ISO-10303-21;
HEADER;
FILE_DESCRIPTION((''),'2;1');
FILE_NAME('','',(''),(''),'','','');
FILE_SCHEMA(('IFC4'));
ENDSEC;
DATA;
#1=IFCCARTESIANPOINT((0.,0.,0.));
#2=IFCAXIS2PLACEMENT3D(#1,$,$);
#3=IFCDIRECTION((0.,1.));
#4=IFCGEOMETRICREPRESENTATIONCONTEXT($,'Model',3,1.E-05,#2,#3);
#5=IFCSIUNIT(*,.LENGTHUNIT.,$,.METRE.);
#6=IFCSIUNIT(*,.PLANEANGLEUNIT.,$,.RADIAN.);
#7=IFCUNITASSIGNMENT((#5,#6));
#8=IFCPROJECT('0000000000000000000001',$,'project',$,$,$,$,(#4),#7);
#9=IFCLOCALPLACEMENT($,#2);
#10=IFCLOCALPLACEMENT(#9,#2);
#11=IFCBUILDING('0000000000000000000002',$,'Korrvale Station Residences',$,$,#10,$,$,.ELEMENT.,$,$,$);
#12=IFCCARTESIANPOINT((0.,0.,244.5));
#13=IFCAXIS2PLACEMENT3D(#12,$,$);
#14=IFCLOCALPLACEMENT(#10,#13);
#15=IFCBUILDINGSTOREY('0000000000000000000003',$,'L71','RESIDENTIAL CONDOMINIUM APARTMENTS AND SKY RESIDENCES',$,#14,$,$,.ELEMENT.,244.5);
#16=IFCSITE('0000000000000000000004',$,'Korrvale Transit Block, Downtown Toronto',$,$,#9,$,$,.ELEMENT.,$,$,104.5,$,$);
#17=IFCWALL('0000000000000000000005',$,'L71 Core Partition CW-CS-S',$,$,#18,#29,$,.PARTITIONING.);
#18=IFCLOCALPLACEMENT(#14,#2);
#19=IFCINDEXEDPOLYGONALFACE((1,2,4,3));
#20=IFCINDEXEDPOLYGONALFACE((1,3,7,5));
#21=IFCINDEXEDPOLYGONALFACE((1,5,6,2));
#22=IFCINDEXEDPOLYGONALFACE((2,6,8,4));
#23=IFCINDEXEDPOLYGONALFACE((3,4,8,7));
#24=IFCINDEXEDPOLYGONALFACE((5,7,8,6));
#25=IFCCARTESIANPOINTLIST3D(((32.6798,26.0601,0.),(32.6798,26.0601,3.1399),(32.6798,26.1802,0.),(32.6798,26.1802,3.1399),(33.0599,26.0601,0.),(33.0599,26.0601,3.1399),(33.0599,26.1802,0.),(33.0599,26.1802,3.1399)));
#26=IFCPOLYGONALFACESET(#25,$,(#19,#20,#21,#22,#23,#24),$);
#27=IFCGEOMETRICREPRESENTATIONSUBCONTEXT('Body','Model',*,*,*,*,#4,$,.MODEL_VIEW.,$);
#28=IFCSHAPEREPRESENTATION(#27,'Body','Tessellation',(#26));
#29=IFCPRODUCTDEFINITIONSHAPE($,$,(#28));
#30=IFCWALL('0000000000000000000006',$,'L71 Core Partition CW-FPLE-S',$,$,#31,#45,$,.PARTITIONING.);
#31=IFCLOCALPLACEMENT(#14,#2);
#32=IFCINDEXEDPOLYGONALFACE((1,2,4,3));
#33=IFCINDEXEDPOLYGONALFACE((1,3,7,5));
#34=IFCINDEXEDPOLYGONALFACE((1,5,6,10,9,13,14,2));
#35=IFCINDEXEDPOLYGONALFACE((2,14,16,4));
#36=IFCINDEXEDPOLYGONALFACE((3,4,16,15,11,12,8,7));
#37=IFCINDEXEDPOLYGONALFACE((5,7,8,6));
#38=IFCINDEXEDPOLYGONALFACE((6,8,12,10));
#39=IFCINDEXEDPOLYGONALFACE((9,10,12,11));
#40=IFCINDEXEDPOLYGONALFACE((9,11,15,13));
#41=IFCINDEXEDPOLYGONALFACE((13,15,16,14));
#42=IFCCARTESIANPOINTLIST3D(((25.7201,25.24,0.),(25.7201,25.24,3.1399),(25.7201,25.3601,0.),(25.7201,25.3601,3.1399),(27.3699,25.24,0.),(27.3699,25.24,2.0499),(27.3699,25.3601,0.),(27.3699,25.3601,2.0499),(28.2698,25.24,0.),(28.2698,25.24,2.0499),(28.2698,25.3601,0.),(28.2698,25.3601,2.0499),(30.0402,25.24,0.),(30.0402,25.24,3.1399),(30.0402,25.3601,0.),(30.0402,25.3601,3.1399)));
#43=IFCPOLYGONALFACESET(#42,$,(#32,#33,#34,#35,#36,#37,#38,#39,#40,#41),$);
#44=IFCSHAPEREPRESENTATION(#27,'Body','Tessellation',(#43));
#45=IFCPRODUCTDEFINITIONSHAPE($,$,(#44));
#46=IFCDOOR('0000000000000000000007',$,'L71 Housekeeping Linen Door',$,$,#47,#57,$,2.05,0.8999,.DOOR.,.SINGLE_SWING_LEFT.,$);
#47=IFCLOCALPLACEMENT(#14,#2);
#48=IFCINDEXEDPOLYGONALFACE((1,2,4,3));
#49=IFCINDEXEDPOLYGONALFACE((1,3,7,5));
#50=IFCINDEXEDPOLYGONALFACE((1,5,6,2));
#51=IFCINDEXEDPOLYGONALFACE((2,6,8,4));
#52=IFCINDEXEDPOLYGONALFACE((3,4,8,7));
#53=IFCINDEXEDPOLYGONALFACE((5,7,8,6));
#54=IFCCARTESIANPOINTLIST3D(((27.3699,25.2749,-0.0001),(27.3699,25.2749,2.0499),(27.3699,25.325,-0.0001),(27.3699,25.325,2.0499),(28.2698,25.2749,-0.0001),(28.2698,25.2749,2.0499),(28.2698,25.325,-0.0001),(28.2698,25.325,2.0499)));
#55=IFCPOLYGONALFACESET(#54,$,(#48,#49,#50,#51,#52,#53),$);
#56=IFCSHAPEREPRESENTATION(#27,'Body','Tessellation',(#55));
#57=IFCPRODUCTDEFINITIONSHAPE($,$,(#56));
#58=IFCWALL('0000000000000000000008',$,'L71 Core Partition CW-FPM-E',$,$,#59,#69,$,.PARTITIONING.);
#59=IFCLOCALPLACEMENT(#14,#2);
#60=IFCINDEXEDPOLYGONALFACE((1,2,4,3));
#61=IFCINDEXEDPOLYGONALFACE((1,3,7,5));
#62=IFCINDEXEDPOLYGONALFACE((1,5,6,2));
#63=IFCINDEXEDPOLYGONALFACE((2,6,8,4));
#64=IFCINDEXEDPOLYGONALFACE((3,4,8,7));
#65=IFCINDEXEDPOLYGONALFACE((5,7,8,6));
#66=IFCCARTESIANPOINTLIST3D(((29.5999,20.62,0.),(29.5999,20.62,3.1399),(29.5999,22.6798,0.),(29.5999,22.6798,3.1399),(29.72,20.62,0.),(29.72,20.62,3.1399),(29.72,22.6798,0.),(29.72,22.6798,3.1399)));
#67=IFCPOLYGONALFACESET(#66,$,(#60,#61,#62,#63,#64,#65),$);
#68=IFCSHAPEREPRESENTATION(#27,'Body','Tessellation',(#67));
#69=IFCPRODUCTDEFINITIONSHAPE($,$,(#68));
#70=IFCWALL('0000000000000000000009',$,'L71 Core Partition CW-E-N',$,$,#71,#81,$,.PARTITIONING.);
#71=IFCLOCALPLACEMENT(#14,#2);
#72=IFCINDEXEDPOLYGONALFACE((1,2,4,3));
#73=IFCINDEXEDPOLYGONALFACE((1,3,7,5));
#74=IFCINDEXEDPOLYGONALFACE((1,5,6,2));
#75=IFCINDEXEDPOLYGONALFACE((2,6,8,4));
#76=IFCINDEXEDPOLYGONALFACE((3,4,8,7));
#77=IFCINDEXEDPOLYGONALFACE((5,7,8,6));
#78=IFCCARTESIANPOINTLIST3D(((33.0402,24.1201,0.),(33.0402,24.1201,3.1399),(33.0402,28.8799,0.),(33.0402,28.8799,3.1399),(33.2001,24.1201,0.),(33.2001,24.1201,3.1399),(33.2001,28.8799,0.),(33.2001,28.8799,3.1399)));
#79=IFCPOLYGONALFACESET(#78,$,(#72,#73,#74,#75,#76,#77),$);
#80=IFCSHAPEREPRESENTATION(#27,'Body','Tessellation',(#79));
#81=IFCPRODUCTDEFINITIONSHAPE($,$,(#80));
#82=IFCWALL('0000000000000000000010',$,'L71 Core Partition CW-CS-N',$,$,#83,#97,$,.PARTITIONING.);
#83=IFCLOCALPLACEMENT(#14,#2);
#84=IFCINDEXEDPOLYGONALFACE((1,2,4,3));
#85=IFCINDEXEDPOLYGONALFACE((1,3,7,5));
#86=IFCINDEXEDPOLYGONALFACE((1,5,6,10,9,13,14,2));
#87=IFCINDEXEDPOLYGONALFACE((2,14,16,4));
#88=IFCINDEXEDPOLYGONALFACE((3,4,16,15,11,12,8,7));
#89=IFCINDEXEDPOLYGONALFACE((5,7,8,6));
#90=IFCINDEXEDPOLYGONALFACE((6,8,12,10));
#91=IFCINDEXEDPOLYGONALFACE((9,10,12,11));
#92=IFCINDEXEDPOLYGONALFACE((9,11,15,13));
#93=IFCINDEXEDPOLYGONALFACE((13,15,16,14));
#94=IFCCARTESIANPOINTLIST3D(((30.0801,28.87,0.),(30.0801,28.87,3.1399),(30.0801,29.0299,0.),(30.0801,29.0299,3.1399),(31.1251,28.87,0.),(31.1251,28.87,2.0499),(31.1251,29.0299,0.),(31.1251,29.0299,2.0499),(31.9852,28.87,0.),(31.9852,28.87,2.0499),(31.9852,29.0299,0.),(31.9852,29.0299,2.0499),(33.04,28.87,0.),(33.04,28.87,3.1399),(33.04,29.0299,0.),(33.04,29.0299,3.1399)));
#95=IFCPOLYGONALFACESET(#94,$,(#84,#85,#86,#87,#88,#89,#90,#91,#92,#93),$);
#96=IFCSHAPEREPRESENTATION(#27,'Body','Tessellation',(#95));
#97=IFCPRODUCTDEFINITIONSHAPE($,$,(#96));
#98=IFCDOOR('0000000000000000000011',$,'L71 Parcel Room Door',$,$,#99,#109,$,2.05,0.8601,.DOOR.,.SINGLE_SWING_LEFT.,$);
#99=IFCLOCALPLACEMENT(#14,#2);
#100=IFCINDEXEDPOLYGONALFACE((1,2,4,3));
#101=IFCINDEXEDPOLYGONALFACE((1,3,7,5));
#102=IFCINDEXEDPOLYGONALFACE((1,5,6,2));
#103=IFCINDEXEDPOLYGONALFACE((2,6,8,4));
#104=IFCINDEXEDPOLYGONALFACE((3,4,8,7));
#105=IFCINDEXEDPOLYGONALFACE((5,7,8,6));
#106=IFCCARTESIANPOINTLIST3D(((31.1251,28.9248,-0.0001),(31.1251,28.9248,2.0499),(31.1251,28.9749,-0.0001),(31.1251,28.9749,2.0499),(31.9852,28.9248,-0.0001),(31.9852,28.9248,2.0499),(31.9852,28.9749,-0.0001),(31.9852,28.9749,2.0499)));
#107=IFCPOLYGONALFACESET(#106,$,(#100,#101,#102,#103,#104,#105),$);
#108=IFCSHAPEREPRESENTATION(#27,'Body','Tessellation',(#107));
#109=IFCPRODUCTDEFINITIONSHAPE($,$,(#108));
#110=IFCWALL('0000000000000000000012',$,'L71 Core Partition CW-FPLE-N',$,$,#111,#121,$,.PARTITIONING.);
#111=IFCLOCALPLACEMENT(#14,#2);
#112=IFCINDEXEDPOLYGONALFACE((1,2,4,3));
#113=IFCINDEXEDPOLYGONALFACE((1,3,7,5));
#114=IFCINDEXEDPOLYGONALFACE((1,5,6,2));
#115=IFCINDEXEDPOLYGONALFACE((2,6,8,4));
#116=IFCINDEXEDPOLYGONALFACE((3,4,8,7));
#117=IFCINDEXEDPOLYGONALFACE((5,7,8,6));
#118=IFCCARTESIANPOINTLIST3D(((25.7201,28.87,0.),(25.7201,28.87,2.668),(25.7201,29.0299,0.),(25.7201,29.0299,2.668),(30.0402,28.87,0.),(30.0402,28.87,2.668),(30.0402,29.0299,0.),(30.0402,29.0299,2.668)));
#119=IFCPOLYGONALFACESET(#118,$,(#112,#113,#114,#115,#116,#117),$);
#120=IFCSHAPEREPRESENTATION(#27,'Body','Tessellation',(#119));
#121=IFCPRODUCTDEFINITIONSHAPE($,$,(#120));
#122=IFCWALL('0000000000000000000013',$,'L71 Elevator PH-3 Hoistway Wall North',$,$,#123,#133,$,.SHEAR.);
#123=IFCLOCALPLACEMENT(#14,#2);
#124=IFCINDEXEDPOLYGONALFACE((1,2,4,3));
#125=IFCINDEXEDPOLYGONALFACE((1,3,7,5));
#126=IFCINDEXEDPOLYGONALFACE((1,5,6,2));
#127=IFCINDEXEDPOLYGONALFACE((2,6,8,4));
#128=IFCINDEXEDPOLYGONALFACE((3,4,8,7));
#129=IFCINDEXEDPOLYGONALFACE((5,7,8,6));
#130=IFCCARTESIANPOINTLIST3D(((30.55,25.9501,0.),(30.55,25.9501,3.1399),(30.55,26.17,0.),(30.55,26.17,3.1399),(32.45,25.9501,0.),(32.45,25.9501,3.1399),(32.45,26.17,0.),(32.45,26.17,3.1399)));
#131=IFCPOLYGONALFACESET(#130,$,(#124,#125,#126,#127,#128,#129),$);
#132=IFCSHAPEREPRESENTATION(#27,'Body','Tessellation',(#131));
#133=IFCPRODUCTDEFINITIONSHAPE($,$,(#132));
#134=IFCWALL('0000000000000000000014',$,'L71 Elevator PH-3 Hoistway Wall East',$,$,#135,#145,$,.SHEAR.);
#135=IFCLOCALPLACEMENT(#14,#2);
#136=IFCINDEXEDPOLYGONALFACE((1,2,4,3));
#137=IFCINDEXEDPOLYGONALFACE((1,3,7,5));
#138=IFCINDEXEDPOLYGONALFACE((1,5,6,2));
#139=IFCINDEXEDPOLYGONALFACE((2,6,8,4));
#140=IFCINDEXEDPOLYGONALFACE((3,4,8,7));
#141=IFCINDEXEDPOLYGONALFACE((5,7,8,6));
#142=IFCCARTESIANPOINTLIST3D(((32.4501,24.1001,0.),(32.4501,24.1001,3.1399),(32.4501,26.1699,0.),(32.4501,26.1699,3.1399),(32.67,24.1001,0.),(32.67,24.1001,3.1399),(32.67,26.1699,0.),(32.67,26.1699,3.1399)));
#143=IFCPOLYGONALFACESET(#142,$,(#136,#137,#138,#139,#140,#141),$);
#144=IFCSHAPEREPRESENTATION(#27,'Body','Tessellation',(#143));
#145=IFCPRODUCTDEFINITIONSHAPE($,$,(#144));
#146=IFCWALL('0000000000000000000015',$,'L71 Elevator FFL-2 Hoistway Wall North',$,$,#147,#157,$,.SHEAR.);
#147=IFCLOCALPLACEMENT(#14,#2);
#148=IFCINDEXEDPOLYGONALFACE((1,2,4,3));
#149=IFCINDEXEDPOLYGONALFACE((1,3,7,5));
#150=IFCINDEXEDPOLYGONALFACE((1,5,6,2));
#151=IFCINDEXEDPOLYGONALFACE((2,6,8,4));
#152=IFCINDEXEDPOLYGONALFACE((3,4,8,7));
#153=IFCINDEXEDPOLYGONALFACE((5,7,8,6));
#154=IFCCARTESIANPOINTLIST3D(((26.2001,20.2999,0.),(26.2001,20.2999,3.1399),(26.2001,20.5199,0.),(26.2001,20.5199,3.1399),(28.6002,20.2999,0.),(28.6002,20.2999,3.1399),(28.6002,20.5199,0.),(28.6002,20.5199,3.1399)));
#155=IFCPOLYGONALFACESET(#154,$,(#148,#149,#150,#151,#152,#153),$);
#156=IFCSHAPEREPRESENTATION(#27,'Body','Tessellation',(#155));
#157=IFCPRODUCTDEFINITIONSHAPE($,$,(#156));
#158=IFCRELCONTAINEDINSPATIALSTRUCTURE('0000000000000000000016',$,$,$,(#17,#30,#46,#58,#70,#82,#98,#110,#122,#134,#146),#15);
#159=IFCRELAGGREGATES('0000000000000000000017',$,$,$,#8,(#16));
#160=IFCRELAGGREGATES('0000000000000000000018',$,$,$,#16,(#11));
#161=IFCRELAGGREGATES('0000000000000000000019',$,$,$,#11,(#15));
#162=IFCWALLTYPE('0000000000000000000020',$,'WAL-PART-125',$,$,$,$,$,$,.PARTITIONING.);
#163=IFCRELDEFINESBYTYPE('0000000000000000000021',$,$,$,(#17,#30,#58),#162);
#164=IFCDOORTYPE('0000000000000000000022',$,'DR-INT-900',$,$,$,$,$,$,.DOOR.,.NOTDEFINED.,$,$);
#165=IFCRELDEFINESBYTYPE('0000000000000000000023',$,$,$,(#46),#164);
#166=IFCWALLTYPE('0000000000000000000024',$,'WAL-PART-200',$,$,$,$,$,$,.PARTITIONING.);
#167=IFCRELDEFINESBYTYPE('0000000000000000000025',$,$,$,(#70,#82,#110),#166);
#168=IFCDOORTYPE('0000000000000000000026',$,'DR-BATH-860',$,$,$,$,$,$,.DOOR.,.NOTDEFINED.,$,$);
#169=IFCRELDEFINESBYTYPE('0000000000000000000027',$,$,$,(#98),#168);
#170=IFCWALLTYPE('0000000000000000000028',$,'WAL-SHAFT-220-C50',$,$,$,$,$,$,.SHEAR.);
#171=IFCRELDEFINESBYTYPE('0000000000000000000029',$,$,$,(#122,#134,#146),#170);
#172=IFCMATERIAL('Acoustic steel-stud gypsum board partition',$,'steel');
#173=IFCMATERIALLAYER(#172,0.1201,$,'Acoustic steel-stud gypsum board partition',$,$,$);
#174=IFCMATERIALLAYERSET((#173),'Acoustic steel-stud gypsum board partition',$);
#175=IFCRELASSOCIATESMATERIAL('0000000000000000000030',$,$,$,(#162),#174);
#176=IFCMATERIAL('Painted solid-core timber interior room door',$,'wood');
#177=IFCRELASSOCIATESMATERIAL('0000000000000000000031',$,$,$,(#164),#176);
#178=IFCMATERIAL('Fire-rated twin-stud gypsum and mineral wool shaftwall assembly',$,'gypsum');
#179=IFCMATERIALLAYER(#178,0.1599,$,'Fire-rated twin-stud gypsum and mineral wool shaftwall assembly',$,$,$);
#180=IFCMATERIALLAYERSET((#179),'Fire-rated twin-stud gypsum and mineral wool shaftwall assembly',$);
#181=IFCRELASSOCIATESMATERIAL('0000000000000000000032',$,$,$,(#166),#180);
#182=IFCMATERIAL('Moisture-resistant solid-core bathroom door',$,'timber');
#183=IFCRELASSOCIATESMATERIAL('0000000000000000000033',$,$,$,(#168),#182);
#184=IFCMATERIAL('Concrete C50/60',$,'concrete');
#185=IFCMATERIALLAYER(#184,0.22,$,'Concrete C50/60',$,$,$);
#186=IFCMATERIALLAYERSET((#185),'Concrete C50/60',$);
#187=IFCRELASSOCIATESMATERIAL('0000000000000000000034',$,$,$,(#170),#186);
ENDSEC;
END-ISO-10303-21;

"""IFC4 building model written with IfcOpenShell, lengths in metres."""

from ifc_helpers import new_model, si_unit, direction, frame, frame_2d, origin, place, context, subcontext, project, spatial, rectangle, extrude, material, layer, layer_set, type_object, element, fill, save


model = new_model("IFC4")

# Units and contexts
model_context = context("Model", 3, precision=1e-05, world=origin(), true_north=direction((0.0, 1.0)))
body_context = subcontext(model_context, "Body", "Model", "MODEL_VIEW")
ifc_project = project(units=[si_unit("LENGTHUNIT", "METRE"), si_unit("PLANEANGLEUNIT", "RADIAN")], contexts=[model_context])

# Site, building, storey
site_placement = place(None, origin())
site = spatial("IfcSite", under=ifc_project, at=site_placement, Name="Korrvale Transit Block, Downtown Toronto", CompositionType="ELEMENT", RefElevation=104.5)
building_placement = place(site_placement, origin())
building = spatial("IfcBuilding", under=site, at=building_placement, Name="Korrvale Station Residences", CompositionType="ELEMENT")
storey_placement = place(building_placement, frame((0.0, 0.0, 244.5)))
storey = spatial("IfcBuildingStorey", under=building, at=storey_placement, Name="L71", Description="RESIDENTIAL CONDOMINIUM APARTMENTS AND SKY RESIDENCES", CompositionType="ELEMENT", Elevation=244.5)

# Shared definitions
ifc_material_1 = material(Name="Concrete C50/60", Category="concrete")

# Wall
ifc_material_2 = material(Name="Acoustic steel-stud gypsum board partition", Category="steel")
ifc_layer_1 = layer(ifc_material_2, 0.1201, Name="Acoustic steel-stud gypsum board partition")
ifc_layer_set_1 = layer_set([ifc_layer_1], Name="Acoustic steel-stud gypsum board partition")
wall_type_1 = type_object("IfcWallType", Name="WAL-PART-125", PredefinedType="PARTITIONING", material=ifc_layer_set_1)
wall_1_placement = place(storey_placement, frame((32.6799, 26.1201, 0.0), z_axis=(0.0, 0.0, 1.0), x_axis=(1.0, 0.0, 0.0)))
element("IfcWall", 1, at=wall_1_placement, inside=storey, type_object=wall_type_1, Name="L71 Core Partition CW-CS-S", PredefinedType="PARTITIONING", context=body_context, shape_type="SweptSolid", body=[
    extrude(rectangle(XDim=0.3801, YDim=0.1201, at=frame_2d((0.1899, 0.0))), origin(), (0.0, 0.0, 1.0), 3.1399),
])

# Wall, opening, door
wall_2_placement = place(storey_placement, frame((25.72, 25.3, 0.0), z_axis=(0.0, 0.0, 1.0), x_axis=(1.0, 0.0, 0.0)))
wall_2 = element("IfcWall", 2, at=wall_2_placement, inside=storey, type_object=wall_type_1, Name="L71 Core Partition CW-FPLE-S", PredefinedType="PARTITIONING", context=body_context, shape_type="SweptSolid", body=[
    extrude(rectangle(XDim=4.3201, YDim=0.1201, at=frame_2d((2.1602, 0.0))), origin(), (0.0, 0.0, 1.0), 3.1399),
])
opening_1_placement = place(wall_2_placement, frame((1.6499, 0.0, 0.0)))
opening_1 = element("IfcOpeningElement", 3, at=opening_1_placement, cuts=wall_2, PredefinedType="OPENING", context=body_context, shape_type="SweptSolid", body=[
    extrude(rectangle(XDim=0.8999, YDim=2.05, at=frame_2d((0.45, 1.0249))), frame((0.0, 0.0701, 0.0), z_axis=(0.0, -1.0, 0.0), x_axis=(1.0, 0.0, 0.0)), (0.0, 0.0, 1.0), 0.1401),
])
ifc_material_3 = material(Name="Painted solid-core timber interior room door", Category="wood")
door_type_1 = type_object("IfcDoorType", Name="DR-INT-900", OperationType="NOTDEFINED", PredefinedType="DOOR", material=ifc_material_3)
door_1_placement = place(opening_1_placement, origin())
door_1 = element("IfcDoor", 4, at=door_1_placement, inside=storey, type_object=door_type_1, Name="L71 Housekeeping Linen Door", OperationType="SINGLE_SWING_LEFT", OverallHeight=2.05, OverallWidth=0.8999, PredefinedType="DOOR", context=body_context, shape_type="SweptSolid", body=[
    extrude(rectangle(XDim=0.8999, YDim=2.05, at=frame_2d((0.45, 1.0249))), frame((0.0, 0.0249, 0.0), z_axis=(0.0, -1.0, 0.0), x_axis=(1.0, 0.0, 0.0)), (0.0, 0.0, 1.0), 0.05),
])
fill(opening_1, door_1)

# Walls
wall_3_placement = place(storey_placement, frame((29.6599, 20.6201, 0.0), z_axis=(0.0, 0.0, 1.0), x_axis=(0.0, 1.0, 0.0)))
element("IfcWall", 5, at=wall_3_placement, inside=storey, type_object=wall_type_1, Name="L71 Core Partition CW-FPM-E", PredefinedType="PARTITIONING", context=body_context, shape_type="SweptSolid", body=[
    extrude(rectangle(XDim=2.0598, YDim=0.1201, at=frame_2d((1.0298, 0.0))), origin(), (0.0, 0.0, 1.0), 3.1399),
])
ifc_material_4 = material(Name="Fire-rated twin-stud gypsum and mineral wool shaftwall assembly", Category="gypsum")
ifc_layer_2 = layer(ifc_material_4, 0.1599, Name="Fire-rated twin-stud gypsum and mineral wool shaftwall assembly")
ifc_layer_set_2 = layer_set([ifc_layer_2], Name="Fire-rated twin-stud gypsum and mineral wool shaftwall assembly")
wall_type_2 = type_object("IfcWallType", Name="WAL-PART-200", PredefinedType="PARTITIONING", material=ifc_layer_set_2)
wall_4_placement = place(storey_placement, frame((33.1201, 24.1201, 0.0), z_axis=(0.0, 0.0, 1.0), x_axis=(0.0, 1.0, 0.0)))
element("IfcWall", 6, at=wall_4_placement, inside=storey, type_object=wall_type_2, Name="L71 Core Partition CW-E-N", PredefinedType="PARTITIONING", context=body_context, shape_type="SweptSolid", body=[
    extrude(rectangle(XDim=4.7598, YDim=0.1599, at=frame_2d((2.3799, 0.0))), origin(), (0.0, 0.0, 1.0), 3.1399),
])

# Wall, opening, door
wall_5_placement = place(storey_placement, frame((30.0801, 28.95, 0.0), z_axis=(0.0, 0.0, 1.0), x_axis=(1.0, 0.0, 0.0)))
wall_5 = element("IfcWall", 7, at=wall_5_placement, inside=storey, type_object=wall_type_2, Name="L71 Core Partition CW-CS-N", PredefinedType="PARTITIONING", context=body_context, shape_type="SweptSolid", body=[
    extrude(rectangle(XDim=2.96, YDim=0.1599, at=frame_2d((1.48, 0.0))), origin(), (0.0, 0.0, 1.0), 3.1399),
])
opening_2_placement = place(wall_5_placement, frame((1.0449, 0.0, 0.0)))
opening_2 = element("IfcOpeningElement", 8, at=opening_2_placement, cuts=wall_5, PredefinedType="OPENING", context=body_context, shape_type="SweptSolid", body=[
    extrude(rectangle(XDim=0.8601, YDim=2.05, at=frame_2d((0.4302, 1.0249))), frame((0.0, 0.0898, 0.0), z_axis=(0.0, -1.0, 0.0), x_axis=(1.0, 0.0, 0.0)), (0.0, 0.0, 1.0), 0.1799),
])
ifc_material_5 = material(Name="Moisture-resistant solid-core bathroom door", Category="timber")
door_type_2 = type_object("IfcDoorType", Name="DR-BATH-860", OperationType="NOTDEFINED", PredefinedType="DOOR", material=ifc_material_5)
door_2_placement = place(opening_2_placement, origin())
door_2 = element("IfcDoor", 9, at=door_2_placement, inside=storey, type_object=door_type_2, Name="L71 Parcel Room Door", OperationType="SINGLE_SWING_LEFT", OverallHeight=2.05, OverallWidth=0.8601, PredefinedType="DOOR", context=body_context, shape_type="SweptSolid", body=[
    extrude(rectangle(XDim=0.8601, YDim=2.05, at=frame_2d((0.4302, 1.0249))), frame((0.0, 0.0249, 0.0), z_axis=(0.0, -1.0, 0.0), x_axis=(1.0, 0.0, 0.0)), (0.0, 0.0, 1.0), 0.05),
])
fill(opening_2, door_2)

# Walls
wall_6_placement = place(storey_placement, frame((25.72, 28.95, 0.0), z_axis=(0.0, 0.0, 1.0), x_axis=(1.0, 0.0, 0.0)))
element("IfcWall", 10, at=wall_6_placement, inside=storey, type_object=wall_type_2, Name="L71 Core Partition CW-FPLE-N", PredefinedType="PARTITIONING", context=body_context, shape_type="SweptSolid", body=[
    extrude(rectangle(XDim=4.3201, YDim=0.1599, at=frame_2d((2.1602, 0.0))), origin(), (0.0, 0.0, 1.0), 2.668),
])
ifc_layer_3 = layer(ifc_material_1, 0.22, Name="Concrete C50/60")
ifc_layer_set_3 = layer_set([ifc_layer_3], Name="Concrete C50/60")
wall_type_3 = type_object("IfcWallType", Name="WAL-SHAFT-220-C50", PredefinedType="SHEAR", material=ifc_layer_set_3)
wall_7_placement = place(storey_placement, frame((30.55, 26.0601, 0.0), z_axis=(0.0, 0.0, 1.0), x_axis=(1.0, 0.0, 0.0)))
element("IfcWall", 11, at=wall_7_placement, inside=storey, type_object=wall_type_3, Name="L71 Elevator PH-3 Hoistway Wall North", PredefinedType="SHEAR", context=body_context, shape_type="SweptSolid", body=[
    extrude(rectangle(XDim=1.8999, YDim=0.22, at=frame_2d((0.95, 0.0))), origin(), (0.0, 0.0, 1.0), 3.1399),
])

# Walls
wall_8_placement = place(storey_placement, frame((32.5601, 24.1001, 0.0), z_axis=(0.0, 0.0, 1.0), x_axis=(0.0, 1.0, 0.0)))
element("IfcWall", 12, at=wall_8_placement, inside=storey, type_object=wall_type_3, Name="L71 Elevator PH-3 Hoistway Wall East", PredefinedType="SHEAR", context=body_context, shape_type="SweptSolid", body=[
    extrude(rectangle(XDim=2.0698, YDim=0.22, at=frame_2d((1.0349, 0.0))), origin(), (0.0, 0.0, 1.0), 3.1399),
])
wall_9_placement = place(storey_placement, frame((26.2, 20.4099, 0.0), z_axis=(0.0, 0.0, 1.0), x_axis=(1.0, 0.0, 0.0)))
element("IfcWall", 13, at=wall_9_placement, inside=storey, type_object=wall_type_3, Name="L71 Elevator FFL-2 Hoistway Wall North", PredefinedType="SHEAR", context=body_context, shape_type="SweptSolid", body=[
    extrude(rectangle(XDim=2.4001, YDim=0.22, at=frame_2d((1.2002, 0.0))), origin(), (0.0, 0.0, 1.0), 3.1399),
])

save(model, "model.ifc")
